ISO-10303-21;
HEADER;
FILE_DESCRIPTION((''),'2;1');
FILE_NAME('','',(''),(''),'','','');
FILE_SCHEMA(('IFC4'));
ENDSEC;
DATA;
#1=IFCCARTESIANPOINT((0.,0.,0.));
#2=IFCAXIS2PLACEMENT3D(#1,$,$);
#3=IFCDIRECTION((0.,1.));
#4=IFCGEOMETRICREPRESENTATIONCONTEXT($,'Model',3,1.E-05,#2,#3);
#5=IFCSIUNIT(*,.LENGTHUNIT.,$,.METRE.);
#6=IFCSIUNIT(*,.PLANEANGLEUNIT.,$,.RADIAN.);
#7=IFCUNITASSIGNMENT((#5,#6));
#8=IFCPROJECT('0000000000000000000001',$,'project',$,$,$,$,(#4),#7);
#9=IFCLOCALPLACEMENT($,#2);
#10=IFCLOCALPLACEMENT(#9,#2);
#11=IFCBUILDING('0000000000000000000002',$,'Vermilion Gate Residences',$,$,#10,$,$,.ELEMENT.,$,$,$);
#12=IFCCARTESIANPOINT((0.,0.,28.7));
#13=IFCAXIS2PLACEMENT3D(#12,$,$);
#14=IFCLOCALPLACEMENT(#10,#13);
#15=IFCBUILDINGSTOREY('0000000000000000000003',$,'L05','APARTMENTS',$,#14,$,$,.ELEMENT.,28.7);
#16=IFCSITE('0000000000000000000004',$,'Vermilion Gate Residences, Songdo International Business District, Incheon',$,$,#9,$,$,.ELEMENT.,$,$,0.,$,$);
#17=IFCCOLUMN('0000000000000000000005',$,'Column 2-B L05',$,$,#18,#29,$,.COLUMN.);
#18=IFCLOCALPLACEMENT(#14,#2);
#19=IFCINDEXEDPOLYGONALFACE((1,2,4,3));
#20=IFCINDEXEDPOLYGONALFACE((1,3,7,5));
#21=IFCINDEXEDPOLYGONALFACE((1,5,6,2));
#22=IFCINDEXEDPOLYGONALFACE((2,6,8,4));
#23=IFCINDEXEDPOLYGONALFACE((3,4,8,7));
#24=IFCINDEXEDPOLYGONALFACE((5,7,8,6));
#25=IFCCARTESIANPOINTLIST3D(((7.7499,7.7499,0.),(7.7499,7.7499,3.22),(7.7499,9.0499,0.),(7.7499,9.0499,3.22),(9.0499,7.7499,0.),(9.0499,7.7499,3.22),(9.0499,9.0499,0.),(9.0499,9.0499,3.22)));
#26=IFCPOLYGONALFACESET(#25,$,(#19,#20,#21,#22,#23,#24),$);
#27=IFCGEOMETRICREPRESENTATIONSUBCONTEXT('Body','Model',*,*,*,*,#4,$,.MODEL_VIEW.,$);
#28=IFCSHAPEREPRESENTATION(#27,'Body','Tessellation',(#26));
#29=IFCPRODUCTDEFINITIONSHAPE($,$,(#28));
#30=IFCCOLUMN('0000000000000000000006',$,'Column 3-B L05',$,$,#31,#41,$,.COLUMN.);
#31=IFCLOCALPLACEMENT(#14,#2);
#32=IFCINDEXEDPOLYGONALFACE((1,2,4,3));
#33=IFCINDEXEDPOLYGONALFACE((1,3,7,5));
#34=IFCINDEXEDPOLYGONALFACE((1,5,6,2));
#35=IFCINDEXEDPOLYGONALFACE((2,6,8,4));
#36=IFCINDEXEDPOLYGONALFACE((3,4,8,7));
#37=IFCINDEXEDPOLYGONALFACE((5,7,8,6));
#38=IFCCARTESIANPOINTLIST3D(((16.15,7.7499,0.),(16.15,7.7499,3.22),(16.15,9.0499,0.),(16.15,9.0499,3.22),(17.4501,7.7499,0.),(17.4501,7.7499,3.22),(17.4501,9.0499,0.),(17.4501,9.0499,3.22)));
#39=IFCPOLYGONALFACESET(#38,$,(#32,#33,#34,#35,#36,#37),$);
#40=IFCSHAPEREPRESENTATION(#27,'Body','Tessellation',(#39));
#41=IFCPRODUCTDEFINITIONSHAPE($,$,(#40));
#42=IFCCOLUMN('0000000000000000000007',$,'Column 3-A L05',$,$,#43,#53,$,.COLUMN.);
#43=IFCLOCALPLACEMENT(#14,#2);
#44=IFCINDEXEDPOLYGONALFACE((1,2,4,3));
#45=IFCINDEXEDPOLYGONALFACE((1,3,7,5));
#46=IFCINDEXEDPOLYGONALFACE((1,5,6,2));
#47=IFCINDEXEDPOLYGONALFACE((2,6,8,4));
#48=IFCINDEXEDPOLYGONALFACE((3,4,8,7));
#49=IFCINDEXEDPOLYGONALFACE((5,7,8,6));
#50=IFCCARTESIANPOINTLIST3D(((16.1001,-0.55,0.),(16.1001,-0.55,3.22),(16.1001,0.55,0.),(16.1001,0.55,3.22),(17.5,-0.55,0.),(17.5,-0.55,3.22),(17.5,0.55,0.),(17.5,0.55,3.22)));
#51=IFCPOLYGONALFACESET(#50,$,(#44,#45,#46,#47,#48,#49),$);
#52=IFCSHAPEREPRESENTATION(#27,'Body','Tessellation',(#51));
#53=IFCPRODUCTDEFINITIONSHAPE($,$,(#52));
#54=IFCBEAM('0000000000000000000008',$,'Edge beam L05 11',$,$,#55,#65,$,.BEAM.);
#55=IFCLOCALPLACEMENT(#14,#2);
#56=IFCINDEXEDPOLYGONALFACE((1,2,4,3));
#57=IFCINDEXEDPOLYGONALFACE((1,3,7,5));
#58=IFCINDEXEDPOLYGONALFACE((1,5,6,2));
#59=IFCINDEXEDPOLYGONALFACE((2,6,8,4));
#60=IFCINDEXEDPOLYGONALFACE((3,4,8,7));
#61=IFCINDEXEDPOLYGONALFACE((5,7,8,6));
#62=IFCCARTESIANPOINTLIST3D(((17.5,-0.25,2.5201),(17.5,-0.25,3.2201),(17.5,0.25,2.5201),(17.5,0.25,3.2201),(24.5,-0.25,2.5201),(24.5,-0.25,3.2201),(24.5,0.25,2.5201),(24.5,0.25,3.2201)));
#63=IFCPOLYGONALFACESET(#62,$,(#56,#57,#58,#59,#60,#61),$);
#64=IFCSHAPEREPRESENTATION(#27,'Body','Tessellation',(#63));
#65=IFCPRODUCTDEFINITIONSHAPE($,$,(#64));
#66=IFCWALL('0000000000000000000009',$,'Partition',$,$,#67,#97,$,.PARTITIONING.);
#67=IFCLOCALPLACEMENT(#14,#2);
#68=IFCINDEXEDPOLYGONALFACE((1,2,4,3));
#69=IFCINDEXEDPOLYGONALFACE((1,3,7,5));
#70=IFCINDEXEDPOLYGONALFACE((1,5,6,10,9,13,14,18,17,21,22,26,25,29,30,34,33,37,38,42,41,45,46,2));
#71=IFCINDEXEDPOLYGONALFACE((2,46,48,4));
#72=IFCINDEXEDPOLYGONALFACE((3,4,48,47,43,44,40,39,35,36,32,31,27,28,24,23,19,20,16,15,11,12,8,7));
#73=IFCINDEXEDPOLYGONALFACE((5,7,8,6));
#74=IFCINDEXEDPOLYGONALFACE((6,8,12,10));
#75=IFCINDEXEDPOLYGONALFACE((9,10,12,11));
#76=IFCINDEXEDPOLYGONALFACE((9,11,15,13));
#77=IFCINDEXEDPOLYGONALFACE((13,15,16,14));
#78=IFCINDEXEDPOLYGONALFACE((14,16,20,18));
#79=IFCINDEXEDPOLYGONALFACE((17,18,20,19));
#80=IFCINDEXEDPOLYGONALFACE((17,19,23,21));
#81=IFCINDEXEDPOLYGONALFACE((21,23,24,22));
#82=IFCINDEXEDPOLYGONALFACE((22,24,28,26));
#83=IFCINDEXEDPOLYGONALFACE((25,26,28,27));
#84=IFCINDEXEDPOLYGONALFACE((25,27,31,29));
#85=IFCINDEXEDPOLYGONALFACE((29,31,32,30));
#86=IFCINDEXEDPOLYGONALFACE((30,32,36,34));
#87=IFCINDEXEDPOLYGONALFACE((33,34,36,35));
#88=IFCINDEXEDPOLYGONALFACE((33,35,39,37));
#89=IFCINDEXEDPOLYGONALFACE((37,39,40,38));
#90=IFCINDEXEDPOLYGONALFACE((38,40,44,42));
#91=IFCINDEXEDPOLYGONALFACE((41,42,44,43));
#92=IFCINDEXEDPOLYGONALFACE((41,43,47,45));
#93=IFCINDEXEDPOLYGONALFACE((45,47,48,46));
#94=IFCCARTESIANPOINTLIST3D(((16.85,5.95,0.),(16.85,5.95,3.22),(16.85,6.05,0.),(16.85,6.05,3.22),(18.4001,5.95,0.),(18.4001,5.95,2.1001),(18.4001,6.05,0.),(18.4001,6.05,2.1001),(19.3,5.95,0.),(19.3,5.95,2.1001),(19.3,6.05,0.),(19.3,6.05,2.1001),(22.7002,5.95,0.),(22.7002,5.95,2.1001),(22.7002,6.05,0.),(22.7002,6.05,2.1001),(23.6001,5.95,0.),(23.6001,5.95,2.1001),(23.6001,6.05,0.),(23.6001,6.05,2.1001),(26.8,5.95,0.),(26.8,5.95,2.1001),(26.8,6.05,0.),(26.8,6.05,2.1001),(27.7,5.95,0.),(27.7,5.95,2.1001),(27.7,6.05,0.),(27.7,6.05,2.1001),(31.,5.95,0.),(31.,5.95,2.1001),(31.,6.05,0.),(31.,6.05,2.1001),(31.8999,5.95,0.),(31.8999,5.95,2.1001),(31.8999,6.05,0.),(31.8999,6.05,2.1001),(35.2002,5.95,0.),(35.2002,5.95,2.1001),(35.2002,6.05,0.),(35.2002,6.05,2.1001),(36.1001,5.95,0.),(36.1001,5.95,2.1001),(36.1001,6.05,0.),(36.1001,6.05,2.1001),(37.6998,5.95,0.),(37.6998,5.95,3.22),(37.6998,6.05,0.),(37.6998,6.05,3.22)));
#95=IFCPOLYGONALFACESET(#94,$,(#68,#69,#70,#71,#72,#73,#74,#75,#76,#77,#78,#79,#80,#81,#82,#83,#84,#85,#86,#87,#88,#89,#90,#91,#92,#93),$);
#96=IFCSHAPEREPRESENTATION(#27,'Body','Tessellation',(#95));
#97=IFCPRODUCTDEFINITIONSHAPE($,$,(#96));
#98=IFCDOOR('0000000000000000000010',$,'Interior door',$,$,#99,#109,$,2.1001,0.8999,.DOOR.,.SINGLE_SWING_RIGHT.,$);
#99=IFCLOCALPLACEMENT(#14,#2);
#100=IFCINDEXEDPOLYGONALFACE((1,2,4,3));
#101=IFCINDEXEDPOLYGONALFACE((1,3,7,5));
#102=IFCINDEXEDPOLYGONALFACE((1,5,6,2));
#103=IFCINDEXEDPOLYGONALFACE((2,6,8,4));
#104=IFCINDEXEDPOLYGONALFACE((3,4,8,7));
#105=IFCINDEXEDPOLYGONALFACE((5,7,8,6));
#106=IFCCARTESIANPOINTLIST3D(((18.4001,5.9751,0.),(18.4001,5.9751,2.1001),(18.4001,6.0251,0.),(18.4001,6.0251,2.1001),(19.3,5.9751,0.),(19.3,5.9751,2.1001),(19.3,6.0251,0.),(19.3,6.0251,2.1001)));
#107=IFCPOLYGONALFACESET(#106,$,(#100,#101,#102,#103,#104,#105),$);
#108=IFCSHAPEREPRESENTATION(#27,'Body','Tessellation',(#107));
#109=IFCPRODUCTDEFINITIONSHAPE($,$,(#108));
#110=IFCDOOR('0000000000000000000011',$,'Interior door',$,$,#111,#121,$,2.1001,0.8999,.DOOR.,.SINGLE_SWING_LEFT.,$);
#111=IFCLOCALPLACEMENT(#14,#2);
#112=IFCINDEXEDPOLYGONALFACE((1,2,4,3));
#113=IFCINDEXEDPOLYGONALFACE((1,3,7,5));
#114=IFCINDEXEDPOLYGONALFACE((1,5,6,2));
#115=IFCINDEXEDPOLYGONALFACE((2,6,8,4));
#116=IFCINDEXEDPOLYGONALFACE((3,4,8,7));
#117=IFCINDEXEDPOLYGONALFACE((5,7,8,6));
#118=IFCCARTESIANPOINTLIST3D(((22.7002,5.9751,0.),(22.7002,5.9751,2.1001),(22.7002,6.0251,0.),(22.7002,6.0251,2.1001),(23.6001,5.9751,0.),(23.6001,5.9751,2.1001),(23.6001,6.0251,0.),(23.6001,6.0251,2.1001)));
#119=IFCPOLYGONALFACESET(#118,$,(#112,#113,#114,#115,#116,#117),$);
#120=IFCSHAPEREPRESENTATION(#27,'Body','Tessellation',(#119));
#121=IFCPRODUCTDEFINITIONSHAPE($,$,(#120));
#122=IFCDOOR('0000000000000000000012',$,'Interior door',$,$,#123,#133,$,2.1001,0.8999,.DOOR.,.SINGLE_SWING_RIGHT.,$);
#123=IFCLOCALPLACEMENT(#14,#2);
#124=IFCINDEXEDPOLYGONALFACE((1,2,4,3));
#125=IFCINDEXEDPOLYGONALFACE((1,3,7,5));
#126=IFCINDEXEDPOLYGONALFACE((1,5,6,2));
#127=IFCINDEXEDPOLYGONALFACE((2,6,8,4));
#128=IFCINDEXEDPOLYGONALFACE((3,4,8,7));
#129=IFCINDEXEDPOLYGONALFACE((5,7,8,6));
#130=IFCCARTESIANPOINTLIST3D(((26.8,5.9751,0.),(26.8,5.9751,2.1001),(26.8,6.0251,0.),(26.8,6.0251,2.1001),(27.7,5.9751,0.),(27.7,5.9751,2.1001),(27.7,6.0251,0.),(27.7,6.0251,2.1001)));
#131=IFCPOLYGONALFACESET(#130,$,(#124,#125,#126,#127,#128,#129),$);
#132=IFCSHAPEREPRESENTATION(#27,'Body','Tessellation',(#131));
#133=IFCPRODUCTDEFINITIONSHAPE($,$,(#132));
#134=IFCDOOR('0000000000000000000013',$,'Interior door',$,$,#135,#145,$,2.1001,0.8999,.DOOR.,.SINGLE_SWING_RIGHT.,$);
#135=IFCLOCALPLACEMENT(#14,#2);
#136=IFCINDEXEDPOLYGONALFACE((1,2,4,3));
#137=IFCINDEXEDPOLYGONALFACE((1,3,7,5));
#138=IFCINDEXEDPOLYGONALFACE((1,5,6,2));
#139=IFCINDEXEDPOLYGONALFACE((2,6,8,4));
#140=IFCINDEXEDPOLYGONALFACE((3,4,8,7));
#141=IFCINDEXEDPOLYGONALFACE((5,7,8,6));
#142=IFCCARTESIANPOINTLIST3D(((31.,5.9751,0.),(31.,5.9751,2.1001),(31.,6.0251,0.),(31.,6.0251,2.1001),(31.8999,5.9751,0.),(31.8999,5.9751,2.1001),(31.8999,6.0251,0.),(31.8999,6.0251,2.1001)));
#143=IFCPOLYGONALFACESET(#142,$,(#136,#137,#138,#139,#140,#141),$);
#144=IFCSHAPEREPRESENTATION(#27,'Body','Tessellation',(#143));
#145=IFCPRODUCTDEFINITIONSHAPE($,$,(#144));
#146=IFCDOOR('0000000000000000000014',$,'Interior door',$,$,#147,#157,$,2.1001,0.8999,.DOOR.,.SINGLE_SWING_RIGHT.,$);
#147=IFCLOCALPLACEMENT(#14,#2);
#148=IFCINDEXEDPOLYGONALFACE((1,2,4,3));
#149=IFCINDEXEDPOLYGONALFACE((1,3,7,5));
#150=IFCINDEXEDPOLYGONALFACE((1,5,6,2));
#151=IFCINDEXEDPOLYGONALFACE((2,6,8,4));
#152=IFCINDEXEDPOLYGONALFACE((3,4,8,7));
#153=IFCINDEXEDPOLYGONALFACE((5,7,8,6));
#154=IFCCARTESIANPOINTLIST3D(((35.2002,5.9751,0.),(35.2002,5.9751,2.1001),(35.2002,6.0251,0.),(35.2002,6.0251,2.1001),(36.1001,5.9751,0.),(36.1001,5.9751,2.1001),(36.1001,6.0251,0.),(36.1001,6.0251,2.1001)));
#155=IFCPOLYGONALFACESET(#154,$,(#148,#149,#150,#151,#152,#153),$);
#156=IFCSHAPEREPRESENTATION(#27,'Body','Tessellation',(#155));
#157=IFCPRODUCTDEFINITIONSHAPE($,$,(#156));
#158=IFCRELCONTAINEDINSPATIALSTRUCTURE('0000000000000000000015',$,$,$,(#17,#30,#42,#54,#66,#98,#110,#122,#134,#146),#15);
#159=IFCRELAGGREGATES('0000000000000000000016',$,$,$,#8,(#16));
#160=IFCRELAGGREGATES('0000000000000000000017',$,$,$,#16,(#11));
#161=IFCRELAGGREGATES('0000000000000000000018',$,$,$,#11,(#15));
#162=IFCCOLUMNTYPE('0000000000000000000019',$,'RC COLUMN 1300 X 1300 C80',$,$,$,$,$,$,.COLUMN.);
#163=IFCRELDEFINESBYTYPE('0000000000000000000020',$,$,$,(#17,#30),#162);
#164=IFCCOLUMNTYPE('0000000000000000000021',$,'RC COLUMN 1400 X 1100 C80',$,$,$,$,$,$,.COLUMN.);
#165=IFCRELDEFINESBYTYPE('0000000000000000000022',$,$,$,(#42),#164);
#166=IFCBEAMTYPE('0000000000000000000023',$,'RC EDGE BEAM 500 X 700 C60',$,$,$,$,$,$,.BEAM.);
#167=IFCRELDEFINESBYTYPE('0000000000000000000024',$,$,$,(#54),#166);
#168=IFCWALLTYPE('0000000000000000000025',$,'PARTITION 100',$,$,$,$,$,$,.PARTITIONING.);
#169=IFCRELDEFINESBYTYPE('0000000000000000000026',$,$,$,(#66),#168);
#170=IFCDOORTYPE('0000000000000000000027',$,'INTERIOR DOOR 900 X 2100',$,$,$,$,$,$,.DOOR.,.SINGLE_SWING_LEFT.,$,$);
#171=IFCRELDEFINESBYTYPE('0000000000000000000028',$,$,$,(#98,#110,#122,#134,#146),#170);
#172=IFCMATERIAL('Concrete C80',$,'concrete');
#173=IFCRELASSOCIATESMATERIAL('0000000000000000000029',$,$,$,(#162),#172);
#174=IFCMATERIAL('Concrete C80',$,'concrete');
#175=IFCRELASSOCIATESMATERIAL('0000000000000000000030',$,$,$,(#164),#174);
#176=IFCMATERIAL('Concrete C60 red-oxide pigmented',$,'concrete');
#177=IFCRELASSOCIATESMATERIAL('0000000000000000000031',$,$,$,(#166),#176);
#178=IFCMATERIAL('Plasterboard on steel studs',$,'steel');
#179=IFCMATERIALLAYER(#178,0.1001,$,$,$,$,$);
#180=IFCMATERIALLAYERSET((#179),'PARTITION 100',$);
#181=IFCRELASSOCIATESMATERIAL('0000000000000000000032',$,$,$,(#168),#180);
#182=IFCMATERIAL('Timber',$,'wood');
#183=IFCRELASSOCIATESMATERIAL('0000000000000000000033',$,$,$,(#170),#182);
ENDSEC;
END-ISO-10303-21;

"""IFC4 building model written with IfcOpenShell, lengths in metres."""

from ifc_helpers import new_model, si_unit, direction, frame, frame_2d, origin, origin_2d, place, context, subcontext, project, spatial, rectangle, extrude, material, layer, layer_set, material_profile, profile_set, type_object, element, fill, save


model = new_model("IFC4")

# Units and contexts
model_context = context("Model", 3, precision=1e-05, world=origin(), true_north=direction((0.0, 1.0)))
body_context = subcontext(model_context, "Body", "Model", "MODEL_VIEW")
ifc_project = project(units=[si_unit("LENGTHUNIT", "METRE"), si_unit("PLANEANGLEUNIT", "RADIAN")], contexts=[model_context])

# Site, building, storey
site_placement = place(None, origin())
site = spatial("IfcSite", under=ifc_project, at=site_placement, Name="Vermilion Gate Residences, Songdo International Business District, Incheon", CompositionType="ELEMENT", RefElevation=0.0)
building_placement = place(site_placement, origin())
building = spatial("IfcBuilding", under=site, at=building_placement, Name="Vermilion Gate Residences", CompositionType="ELEMENT")
storey_placement = place(building_placement, frame((0.0, 0.0, 28.7)))
storey = spatial("IfcBuildingStorey", under=building, at=storey_placement, Name="L05", Description="APARTMENTS", CompositionType="ELEMENT", Elevation=28.7)

# Columns
ifc_material_1 = material(Name="Concrete C80", Category="concrete")
ifc_material_profile_1 = material_profile(ifc_material_1, rectangle(XDim=1.3, YDim=1.3, at=origin_2d()), Name="RC-1300x1300")
ifc_profile_set_1 = profile_set([ifc_material_profile_1], Name="Concrete C80")
column_type_1 = type_object("IfcColumnType", Name="RC COLUMN 1300 X 1300 C80", PredefinedType="COLUMN", material=ifc_profile_set_1)
for number, where, z_axis, x_axis, name in (
    (1, (8.3999, 8.3999, 0.0), (0.0, 0.0, 1.0), (1.0, 0.0, 0.0), "Column 2-B L05"),
    (2, (16.8, 8.3999, 0.0), (0.0, 0.0, 1.0), (1.0, 0.0, 0.0), "Column 3-B L05"),
):
    element("IfcColumn", number, at=place(storey_placement, frame(where, z_axis=z_axis, x_axis=x_axis)), inside=storey, type_object=column_type_1, Name=name, PredefinedType="COLUMN", context=body_context, shape_type="SweptSolid", body=[
        extrude(rectangle(XDim=1.3, YDim=1.3, at=origin_2d()), origin(), (0.0, 0.0, 1.0), 3.22),
    ])
ifc_material_2 = material(Name="Concrete C80", Category="concrete")
ifc_material_profile_2 = material_profile(ifc_material_2, rectangle(XDim=1.3999, YDim=1.1001, at=origin_2d()), Name="RC-1400x1100")
ifc_profile_set_2 = profile_set([ifc_material_profile_2], Name="Concrete C80")
column_type_2 = type_object("IfcColumnType", Name="RC COLUMN 1400 X 1100 C80", PredefinedType="COLUMN", material=ifc_profile_set_2)
column_placement = place(storey_placement, frame((16.8, 0.0, 0.0), z_axis=(0.0, 0.0, 1.0), x_axis=(1.0, 0.0, 0.0)))
element("IfcColumn", 3, at=column_placement, inside=storey, type_object=column_type_2, Name="Column 3-A L05", PredefinedType="COLUMN", context=body_context, shape_type="SweptSolid", body=[
    extrude(rectangle(XDim=1.3999, YDim=1.1001, at=origin_2d()), origin(), (0.0, 0.0, 1.0), 3.22),
])

# Beam
ifc_material_3 = material(Name="Concrete C60 red-oxide pigmented", Category="concrete")
ifc_material_profile_3 = material_profile(ifc_material_3, rectangle(XDim=0.5, YDim=0.7, at=origin_2d()), Name="RC-500x700")
ifc_profile_set_3 = profile_set([ifc_material_profile_3], Name="Concrete C60 red-oxide pigmented")
beam_type = type_object("IfcBeamType", Name="RC EDGE BEAM 500 X 700 C60", PredefinedType="BEAM", material=ifc_profile_set_3)
beam_placement = place(storey_placement, frame((17.5, 0.0, 2.8701), z_axis=(1.0, 0.0, 0.0), x_axis=(0.0, 1.0, 0.0)))
element("IfcBeam", 4, at=beam_placement, inside=storey, type_object=beam_type, Name="Edge beam L05 11", PredefinedType="BEAM", context=body_context, shape_type="SweptSolid", body=[
    extrude(rectangle(XDim=0.5, YDim=0.7, at=origin_2d()), origin(), (0.0, 0.0, 1.0), 7.0),
])

# Wall, openings, doors
ifc_material_4 = material(Name="Plasterboard on steel studs", Category="steel")
ifc_layer = layer(ifc_material_4, 0.1001)
ifc_layer_set = layer_set([ifc_layer], Name="PARTITION 100")
wall_type = type_object("IfcWallType", Name="PARTITION 100", PredefinedType="PARTITIONING", material=ifc_layer_set)
wall_1_placement = place(storey_placement, frame((16.8501, 6.0, 0.0), z_axis=(0.0, 0.0, 1.0), x_axis=(1.0, 0.0, 0.0)))
wall_1 = element("IfcWall", 5, at=wall_1_placement, inside=storey, type_object=wall_type, Name="Partition", PredefinedType="PARTITIONING", context=body_context, shape_type="SweptSolid", body=[
    extrude(rectangle(XDim=20.8499, YDim=0.1001, at=frame_2d((10.4248, 0.0))), origin(), (0.0, 0.0, 1.0), 3.22),
])
opening_1_placement = place(wall_1_placement, frame((1.55, 0.0, 0.0)))
opening_1 = element("IfcOpeningElement", 6, at=opening_1_placement, cuts=wall_1, PredefinedType="OPENING", context=body_context, shape_type="SweptSolid", body=[
    extrude(rectangle(XDim=0.8999, YDim=2.1001, at=frame_2d((0.45, 1.05))), frame((0.0, 0.0601, 0.0), z_axis=(0.0, -1.0, 0.0), x_axis=(1.0, 0.0, 0.0)), (0.0, 0.0, 1.0), 0.1201),
])
opening_2_placement = place(wall_1_placement, frame((5.8501, 0.0, 0.0)))
opening_2 = element("IfcOpeningElement", 7, at=opening_2_placement, cuts=wall_1, PredefinedType="OPENING", context=body_context, shape_type="SweptSolid", body=[
    extrude(rectangle(XDim=0.8999, YDim=2.1001, at=frame_2d((0.45, 1.05))), frame((0.0, 0.0601, 0.0), z_axis=(0.0, -1.0, 0.0), x_axis=(1.0, 0.0, 0.0)), (0.0, 0.0, 1.0), 0.1201),
])
opening_3_placement = place(wall_1_placement, frame((9.95, 0.0, 0.0)))
opening_3 = element("IfcOpeningElement", 8, at=opening_3_placement, cuts=wall_1, PredefinedType="OPENING", context=body_context, shape_type="SweptSolid", body=[
    extrude(rectangle(XDim=0.8999, YDim=2.1001, at=frame_2d((0.45, 1.05))), frame((0.0, 0.0601, 0.0), z_axis=(0.0, -1.0, 0.0), x_axis=(1.0, 0.0, 0.0)), (0.0, 0.0, 1.0), 0.1201),
])
opening_4_placement = place(wall_1_placement, frame((14.1499, 0.0, 0.0)))
opening_4 = element("IfcOpeningElement", 9, at=opening_4_placement, cuts=wall_1, PredefinedType="OPENING", context=body_context, shape_type="SweptSolid", body=[
    extrude(rectangle(XDim=0.8999, YDim=2.1001, at=frame_2d((0.45, 1.05))), frame((0.0, 0.0601, 0.0), z_axis=(0.0, -1.0, 0.0), x_axis=(1.0, 0.0, 0.0)), (0.0, 0.0, 1.0), 0.1201),
])
opening_5_placement = place(wall_1_placement, frame((18.3501, 0.0, 0.0)))
opening_5 = element("IfcOpeningElement", 10, at=opening_5_placement, cuts=wall_1, PredefinedType="OPENING", context=body_context, shape_type="SweptSolid", body=[
    extrude(rectangle(XDim=0.8999, YDim=2.1001, at=frame_2d((0.45, 1.05))), frame((0.0, 0.0601, 0.0), z_axis=(0.0, -1.0, 0.0), x_axis=(1.0, 0.0, 0.0)), (0.0, 0.0, 1.0), 0.1201),
])
ifc_material_5 = material(Name="Timber", Category="wood")
door_type = type_object("IfcDoorType", Name="INTERIOR DOOR 900 X 2100", OperationType="SINGLE_SWING_LEFT", PredefinedType="DOOR", material=ifc_material_5)
door_1_placement = place(opening_1_placement, frame((0.8999, 0.0, 0.0), z_axis=(0.0, 0.0, 1.0), x_axis=(-1.0, 0.0, 0.0)))
door_1 = element("IfcDoor", 11, at=door_1_placement, inside=storey, type_object=door_type, Name="Interior door", OperationType="SINGLE_SWING_RIGHT", OverallHeight=2.1001, OverallWidth=0.8999, PredefinedType="DOOR", context=body_context, shape_type="SweptSolid", body=[
    extrude(rectangle(XDim=0.8999, YDim=2.1001, at=frame_2d((0.45, 1.05))), frame((0.0, 0.0249, 0.0), z_axis=(0.0, -1.0, 0.0), x_axis=(1.0, 0.0, 0.0)), (0.0, 0.0, 1.0), 0.05),
])
fill(opening_1, door_1)
door_2_placement = place(opening_2_placement, frame((0.8999, 0.0, 0.0), z_axis=(0.0, 0.0, 1.0), x_axis=(-1.0, 0.0, 0.0)))
door_2 = element("IfcDoor", 12, at=door_2_placement, inside=storey, type_object=door_type, Name="Interior door", OperationType="SINGLE_SWING_LEFT", OverallHeight=2.1001, OverallWidth=0.8999, PredefinedType="DOOR", context=body_context, shape_type="SweptSolid", body=[
    extrude(rectangle(XDim=0.8999, YDim=2.1001, at=frame_2d((0.45, 1.05))), frame((0.0, 0.0249, 0.0), z_axis=(0.0, -1.0, 0.0), x_axis=(1.0, 0.0, 0.0)), (0.0, 0.0, 1.0), 0.05),
])
fill(opening_2, door_2)
door_3_placement = place(opening_3_placement, frame((0.8999, 0.0, 0.0), z_axis=(0.0, 0.0, 1.0), x_axis=(-1.0, 0.0, 0.0)))
door_3 = element("IfcDoor", 13, at=door_3_placement, inside=storey, type_object=door_type, Name="Interior door", OperationType="SINGLE_SWING_RIGHT", OverallHeight=2.1001, OverallWidth=0.8999, PredefinedType="DOOR", context=body_context, shape_type="SweptSolid", body=[
    extrude(rectangle(XDim=0.8999, YDim=2.1001, at=frame_2d((0.45, 1.05))), frame((0.0, 0.0249, 0.0), z_axis=(0.0, -1.0, 0.0), x_axis=(1.0, 0.0, 0.0)), (0.0, 0.0, 1.0), 0.05),
])
fill(opening_3, door_3)
door_4_placement = place(opening_4_placement, frame((0.8999, 0.0, 0.0), z_axis=(0.0, 0.0, 1.0), x_axis=(-1.0, 0.0, 0.0)))
door_4 = element("IfcDoor", 14, at=door_4_placement, inside=storey, type_object=door_type, Name="Interior door", OperationType="SINGLE_SWING_RIGHT", OverallHeight=2.1001, OverallWidth=0.8999, PredefinedType="DOOR", context=body_context, shape_type="SweptSolid", body=[
    extrude(rectangle(XDim=0.8999, YDim=2.1001, at=frame_2d((0.45, 1.05))), frame((0.0, 0.0249, 0.0), z_axis=(0.0, -1.0, 0.0), x_axis=(1.0, 0.0, 0.0)), (0.0, 0.0, 1.0), 0.05),
])
fill(opening_4, door_4)
door_5_placement = place(opening_5_placement, frame((0.8999, 0.0, 0.0), z_axis=(0.0, 0.0, 1.0), x_axis=(-1.0, 0.0, 0.0)))
door_5 = element("IfcDoor", 15, at=door_5_placement, inside=storey, type_object=door_type, Name="Interior door", OperationType="SINGLE_SWING_RIGHT", OverallHeight=2.1001, OverallWidth=0.8999, PredefinedType="DOOR", context=body_context, shape_type="SweptSolid", body=[
    extrude(rectangle(XDim=0.8999, YDim=2.1001, at=frame_2d((0.45, 1.05))), frame((0.0, 0.0249, 0.0), z_axis=(0.0, -1.0, 0.0), x_axis=(1.0, 0.0, 0.0)), (0.0, 0.0, 1.0), 0.05),
])
fill(opening_5, door_5)

save(model, "model.ifc")
